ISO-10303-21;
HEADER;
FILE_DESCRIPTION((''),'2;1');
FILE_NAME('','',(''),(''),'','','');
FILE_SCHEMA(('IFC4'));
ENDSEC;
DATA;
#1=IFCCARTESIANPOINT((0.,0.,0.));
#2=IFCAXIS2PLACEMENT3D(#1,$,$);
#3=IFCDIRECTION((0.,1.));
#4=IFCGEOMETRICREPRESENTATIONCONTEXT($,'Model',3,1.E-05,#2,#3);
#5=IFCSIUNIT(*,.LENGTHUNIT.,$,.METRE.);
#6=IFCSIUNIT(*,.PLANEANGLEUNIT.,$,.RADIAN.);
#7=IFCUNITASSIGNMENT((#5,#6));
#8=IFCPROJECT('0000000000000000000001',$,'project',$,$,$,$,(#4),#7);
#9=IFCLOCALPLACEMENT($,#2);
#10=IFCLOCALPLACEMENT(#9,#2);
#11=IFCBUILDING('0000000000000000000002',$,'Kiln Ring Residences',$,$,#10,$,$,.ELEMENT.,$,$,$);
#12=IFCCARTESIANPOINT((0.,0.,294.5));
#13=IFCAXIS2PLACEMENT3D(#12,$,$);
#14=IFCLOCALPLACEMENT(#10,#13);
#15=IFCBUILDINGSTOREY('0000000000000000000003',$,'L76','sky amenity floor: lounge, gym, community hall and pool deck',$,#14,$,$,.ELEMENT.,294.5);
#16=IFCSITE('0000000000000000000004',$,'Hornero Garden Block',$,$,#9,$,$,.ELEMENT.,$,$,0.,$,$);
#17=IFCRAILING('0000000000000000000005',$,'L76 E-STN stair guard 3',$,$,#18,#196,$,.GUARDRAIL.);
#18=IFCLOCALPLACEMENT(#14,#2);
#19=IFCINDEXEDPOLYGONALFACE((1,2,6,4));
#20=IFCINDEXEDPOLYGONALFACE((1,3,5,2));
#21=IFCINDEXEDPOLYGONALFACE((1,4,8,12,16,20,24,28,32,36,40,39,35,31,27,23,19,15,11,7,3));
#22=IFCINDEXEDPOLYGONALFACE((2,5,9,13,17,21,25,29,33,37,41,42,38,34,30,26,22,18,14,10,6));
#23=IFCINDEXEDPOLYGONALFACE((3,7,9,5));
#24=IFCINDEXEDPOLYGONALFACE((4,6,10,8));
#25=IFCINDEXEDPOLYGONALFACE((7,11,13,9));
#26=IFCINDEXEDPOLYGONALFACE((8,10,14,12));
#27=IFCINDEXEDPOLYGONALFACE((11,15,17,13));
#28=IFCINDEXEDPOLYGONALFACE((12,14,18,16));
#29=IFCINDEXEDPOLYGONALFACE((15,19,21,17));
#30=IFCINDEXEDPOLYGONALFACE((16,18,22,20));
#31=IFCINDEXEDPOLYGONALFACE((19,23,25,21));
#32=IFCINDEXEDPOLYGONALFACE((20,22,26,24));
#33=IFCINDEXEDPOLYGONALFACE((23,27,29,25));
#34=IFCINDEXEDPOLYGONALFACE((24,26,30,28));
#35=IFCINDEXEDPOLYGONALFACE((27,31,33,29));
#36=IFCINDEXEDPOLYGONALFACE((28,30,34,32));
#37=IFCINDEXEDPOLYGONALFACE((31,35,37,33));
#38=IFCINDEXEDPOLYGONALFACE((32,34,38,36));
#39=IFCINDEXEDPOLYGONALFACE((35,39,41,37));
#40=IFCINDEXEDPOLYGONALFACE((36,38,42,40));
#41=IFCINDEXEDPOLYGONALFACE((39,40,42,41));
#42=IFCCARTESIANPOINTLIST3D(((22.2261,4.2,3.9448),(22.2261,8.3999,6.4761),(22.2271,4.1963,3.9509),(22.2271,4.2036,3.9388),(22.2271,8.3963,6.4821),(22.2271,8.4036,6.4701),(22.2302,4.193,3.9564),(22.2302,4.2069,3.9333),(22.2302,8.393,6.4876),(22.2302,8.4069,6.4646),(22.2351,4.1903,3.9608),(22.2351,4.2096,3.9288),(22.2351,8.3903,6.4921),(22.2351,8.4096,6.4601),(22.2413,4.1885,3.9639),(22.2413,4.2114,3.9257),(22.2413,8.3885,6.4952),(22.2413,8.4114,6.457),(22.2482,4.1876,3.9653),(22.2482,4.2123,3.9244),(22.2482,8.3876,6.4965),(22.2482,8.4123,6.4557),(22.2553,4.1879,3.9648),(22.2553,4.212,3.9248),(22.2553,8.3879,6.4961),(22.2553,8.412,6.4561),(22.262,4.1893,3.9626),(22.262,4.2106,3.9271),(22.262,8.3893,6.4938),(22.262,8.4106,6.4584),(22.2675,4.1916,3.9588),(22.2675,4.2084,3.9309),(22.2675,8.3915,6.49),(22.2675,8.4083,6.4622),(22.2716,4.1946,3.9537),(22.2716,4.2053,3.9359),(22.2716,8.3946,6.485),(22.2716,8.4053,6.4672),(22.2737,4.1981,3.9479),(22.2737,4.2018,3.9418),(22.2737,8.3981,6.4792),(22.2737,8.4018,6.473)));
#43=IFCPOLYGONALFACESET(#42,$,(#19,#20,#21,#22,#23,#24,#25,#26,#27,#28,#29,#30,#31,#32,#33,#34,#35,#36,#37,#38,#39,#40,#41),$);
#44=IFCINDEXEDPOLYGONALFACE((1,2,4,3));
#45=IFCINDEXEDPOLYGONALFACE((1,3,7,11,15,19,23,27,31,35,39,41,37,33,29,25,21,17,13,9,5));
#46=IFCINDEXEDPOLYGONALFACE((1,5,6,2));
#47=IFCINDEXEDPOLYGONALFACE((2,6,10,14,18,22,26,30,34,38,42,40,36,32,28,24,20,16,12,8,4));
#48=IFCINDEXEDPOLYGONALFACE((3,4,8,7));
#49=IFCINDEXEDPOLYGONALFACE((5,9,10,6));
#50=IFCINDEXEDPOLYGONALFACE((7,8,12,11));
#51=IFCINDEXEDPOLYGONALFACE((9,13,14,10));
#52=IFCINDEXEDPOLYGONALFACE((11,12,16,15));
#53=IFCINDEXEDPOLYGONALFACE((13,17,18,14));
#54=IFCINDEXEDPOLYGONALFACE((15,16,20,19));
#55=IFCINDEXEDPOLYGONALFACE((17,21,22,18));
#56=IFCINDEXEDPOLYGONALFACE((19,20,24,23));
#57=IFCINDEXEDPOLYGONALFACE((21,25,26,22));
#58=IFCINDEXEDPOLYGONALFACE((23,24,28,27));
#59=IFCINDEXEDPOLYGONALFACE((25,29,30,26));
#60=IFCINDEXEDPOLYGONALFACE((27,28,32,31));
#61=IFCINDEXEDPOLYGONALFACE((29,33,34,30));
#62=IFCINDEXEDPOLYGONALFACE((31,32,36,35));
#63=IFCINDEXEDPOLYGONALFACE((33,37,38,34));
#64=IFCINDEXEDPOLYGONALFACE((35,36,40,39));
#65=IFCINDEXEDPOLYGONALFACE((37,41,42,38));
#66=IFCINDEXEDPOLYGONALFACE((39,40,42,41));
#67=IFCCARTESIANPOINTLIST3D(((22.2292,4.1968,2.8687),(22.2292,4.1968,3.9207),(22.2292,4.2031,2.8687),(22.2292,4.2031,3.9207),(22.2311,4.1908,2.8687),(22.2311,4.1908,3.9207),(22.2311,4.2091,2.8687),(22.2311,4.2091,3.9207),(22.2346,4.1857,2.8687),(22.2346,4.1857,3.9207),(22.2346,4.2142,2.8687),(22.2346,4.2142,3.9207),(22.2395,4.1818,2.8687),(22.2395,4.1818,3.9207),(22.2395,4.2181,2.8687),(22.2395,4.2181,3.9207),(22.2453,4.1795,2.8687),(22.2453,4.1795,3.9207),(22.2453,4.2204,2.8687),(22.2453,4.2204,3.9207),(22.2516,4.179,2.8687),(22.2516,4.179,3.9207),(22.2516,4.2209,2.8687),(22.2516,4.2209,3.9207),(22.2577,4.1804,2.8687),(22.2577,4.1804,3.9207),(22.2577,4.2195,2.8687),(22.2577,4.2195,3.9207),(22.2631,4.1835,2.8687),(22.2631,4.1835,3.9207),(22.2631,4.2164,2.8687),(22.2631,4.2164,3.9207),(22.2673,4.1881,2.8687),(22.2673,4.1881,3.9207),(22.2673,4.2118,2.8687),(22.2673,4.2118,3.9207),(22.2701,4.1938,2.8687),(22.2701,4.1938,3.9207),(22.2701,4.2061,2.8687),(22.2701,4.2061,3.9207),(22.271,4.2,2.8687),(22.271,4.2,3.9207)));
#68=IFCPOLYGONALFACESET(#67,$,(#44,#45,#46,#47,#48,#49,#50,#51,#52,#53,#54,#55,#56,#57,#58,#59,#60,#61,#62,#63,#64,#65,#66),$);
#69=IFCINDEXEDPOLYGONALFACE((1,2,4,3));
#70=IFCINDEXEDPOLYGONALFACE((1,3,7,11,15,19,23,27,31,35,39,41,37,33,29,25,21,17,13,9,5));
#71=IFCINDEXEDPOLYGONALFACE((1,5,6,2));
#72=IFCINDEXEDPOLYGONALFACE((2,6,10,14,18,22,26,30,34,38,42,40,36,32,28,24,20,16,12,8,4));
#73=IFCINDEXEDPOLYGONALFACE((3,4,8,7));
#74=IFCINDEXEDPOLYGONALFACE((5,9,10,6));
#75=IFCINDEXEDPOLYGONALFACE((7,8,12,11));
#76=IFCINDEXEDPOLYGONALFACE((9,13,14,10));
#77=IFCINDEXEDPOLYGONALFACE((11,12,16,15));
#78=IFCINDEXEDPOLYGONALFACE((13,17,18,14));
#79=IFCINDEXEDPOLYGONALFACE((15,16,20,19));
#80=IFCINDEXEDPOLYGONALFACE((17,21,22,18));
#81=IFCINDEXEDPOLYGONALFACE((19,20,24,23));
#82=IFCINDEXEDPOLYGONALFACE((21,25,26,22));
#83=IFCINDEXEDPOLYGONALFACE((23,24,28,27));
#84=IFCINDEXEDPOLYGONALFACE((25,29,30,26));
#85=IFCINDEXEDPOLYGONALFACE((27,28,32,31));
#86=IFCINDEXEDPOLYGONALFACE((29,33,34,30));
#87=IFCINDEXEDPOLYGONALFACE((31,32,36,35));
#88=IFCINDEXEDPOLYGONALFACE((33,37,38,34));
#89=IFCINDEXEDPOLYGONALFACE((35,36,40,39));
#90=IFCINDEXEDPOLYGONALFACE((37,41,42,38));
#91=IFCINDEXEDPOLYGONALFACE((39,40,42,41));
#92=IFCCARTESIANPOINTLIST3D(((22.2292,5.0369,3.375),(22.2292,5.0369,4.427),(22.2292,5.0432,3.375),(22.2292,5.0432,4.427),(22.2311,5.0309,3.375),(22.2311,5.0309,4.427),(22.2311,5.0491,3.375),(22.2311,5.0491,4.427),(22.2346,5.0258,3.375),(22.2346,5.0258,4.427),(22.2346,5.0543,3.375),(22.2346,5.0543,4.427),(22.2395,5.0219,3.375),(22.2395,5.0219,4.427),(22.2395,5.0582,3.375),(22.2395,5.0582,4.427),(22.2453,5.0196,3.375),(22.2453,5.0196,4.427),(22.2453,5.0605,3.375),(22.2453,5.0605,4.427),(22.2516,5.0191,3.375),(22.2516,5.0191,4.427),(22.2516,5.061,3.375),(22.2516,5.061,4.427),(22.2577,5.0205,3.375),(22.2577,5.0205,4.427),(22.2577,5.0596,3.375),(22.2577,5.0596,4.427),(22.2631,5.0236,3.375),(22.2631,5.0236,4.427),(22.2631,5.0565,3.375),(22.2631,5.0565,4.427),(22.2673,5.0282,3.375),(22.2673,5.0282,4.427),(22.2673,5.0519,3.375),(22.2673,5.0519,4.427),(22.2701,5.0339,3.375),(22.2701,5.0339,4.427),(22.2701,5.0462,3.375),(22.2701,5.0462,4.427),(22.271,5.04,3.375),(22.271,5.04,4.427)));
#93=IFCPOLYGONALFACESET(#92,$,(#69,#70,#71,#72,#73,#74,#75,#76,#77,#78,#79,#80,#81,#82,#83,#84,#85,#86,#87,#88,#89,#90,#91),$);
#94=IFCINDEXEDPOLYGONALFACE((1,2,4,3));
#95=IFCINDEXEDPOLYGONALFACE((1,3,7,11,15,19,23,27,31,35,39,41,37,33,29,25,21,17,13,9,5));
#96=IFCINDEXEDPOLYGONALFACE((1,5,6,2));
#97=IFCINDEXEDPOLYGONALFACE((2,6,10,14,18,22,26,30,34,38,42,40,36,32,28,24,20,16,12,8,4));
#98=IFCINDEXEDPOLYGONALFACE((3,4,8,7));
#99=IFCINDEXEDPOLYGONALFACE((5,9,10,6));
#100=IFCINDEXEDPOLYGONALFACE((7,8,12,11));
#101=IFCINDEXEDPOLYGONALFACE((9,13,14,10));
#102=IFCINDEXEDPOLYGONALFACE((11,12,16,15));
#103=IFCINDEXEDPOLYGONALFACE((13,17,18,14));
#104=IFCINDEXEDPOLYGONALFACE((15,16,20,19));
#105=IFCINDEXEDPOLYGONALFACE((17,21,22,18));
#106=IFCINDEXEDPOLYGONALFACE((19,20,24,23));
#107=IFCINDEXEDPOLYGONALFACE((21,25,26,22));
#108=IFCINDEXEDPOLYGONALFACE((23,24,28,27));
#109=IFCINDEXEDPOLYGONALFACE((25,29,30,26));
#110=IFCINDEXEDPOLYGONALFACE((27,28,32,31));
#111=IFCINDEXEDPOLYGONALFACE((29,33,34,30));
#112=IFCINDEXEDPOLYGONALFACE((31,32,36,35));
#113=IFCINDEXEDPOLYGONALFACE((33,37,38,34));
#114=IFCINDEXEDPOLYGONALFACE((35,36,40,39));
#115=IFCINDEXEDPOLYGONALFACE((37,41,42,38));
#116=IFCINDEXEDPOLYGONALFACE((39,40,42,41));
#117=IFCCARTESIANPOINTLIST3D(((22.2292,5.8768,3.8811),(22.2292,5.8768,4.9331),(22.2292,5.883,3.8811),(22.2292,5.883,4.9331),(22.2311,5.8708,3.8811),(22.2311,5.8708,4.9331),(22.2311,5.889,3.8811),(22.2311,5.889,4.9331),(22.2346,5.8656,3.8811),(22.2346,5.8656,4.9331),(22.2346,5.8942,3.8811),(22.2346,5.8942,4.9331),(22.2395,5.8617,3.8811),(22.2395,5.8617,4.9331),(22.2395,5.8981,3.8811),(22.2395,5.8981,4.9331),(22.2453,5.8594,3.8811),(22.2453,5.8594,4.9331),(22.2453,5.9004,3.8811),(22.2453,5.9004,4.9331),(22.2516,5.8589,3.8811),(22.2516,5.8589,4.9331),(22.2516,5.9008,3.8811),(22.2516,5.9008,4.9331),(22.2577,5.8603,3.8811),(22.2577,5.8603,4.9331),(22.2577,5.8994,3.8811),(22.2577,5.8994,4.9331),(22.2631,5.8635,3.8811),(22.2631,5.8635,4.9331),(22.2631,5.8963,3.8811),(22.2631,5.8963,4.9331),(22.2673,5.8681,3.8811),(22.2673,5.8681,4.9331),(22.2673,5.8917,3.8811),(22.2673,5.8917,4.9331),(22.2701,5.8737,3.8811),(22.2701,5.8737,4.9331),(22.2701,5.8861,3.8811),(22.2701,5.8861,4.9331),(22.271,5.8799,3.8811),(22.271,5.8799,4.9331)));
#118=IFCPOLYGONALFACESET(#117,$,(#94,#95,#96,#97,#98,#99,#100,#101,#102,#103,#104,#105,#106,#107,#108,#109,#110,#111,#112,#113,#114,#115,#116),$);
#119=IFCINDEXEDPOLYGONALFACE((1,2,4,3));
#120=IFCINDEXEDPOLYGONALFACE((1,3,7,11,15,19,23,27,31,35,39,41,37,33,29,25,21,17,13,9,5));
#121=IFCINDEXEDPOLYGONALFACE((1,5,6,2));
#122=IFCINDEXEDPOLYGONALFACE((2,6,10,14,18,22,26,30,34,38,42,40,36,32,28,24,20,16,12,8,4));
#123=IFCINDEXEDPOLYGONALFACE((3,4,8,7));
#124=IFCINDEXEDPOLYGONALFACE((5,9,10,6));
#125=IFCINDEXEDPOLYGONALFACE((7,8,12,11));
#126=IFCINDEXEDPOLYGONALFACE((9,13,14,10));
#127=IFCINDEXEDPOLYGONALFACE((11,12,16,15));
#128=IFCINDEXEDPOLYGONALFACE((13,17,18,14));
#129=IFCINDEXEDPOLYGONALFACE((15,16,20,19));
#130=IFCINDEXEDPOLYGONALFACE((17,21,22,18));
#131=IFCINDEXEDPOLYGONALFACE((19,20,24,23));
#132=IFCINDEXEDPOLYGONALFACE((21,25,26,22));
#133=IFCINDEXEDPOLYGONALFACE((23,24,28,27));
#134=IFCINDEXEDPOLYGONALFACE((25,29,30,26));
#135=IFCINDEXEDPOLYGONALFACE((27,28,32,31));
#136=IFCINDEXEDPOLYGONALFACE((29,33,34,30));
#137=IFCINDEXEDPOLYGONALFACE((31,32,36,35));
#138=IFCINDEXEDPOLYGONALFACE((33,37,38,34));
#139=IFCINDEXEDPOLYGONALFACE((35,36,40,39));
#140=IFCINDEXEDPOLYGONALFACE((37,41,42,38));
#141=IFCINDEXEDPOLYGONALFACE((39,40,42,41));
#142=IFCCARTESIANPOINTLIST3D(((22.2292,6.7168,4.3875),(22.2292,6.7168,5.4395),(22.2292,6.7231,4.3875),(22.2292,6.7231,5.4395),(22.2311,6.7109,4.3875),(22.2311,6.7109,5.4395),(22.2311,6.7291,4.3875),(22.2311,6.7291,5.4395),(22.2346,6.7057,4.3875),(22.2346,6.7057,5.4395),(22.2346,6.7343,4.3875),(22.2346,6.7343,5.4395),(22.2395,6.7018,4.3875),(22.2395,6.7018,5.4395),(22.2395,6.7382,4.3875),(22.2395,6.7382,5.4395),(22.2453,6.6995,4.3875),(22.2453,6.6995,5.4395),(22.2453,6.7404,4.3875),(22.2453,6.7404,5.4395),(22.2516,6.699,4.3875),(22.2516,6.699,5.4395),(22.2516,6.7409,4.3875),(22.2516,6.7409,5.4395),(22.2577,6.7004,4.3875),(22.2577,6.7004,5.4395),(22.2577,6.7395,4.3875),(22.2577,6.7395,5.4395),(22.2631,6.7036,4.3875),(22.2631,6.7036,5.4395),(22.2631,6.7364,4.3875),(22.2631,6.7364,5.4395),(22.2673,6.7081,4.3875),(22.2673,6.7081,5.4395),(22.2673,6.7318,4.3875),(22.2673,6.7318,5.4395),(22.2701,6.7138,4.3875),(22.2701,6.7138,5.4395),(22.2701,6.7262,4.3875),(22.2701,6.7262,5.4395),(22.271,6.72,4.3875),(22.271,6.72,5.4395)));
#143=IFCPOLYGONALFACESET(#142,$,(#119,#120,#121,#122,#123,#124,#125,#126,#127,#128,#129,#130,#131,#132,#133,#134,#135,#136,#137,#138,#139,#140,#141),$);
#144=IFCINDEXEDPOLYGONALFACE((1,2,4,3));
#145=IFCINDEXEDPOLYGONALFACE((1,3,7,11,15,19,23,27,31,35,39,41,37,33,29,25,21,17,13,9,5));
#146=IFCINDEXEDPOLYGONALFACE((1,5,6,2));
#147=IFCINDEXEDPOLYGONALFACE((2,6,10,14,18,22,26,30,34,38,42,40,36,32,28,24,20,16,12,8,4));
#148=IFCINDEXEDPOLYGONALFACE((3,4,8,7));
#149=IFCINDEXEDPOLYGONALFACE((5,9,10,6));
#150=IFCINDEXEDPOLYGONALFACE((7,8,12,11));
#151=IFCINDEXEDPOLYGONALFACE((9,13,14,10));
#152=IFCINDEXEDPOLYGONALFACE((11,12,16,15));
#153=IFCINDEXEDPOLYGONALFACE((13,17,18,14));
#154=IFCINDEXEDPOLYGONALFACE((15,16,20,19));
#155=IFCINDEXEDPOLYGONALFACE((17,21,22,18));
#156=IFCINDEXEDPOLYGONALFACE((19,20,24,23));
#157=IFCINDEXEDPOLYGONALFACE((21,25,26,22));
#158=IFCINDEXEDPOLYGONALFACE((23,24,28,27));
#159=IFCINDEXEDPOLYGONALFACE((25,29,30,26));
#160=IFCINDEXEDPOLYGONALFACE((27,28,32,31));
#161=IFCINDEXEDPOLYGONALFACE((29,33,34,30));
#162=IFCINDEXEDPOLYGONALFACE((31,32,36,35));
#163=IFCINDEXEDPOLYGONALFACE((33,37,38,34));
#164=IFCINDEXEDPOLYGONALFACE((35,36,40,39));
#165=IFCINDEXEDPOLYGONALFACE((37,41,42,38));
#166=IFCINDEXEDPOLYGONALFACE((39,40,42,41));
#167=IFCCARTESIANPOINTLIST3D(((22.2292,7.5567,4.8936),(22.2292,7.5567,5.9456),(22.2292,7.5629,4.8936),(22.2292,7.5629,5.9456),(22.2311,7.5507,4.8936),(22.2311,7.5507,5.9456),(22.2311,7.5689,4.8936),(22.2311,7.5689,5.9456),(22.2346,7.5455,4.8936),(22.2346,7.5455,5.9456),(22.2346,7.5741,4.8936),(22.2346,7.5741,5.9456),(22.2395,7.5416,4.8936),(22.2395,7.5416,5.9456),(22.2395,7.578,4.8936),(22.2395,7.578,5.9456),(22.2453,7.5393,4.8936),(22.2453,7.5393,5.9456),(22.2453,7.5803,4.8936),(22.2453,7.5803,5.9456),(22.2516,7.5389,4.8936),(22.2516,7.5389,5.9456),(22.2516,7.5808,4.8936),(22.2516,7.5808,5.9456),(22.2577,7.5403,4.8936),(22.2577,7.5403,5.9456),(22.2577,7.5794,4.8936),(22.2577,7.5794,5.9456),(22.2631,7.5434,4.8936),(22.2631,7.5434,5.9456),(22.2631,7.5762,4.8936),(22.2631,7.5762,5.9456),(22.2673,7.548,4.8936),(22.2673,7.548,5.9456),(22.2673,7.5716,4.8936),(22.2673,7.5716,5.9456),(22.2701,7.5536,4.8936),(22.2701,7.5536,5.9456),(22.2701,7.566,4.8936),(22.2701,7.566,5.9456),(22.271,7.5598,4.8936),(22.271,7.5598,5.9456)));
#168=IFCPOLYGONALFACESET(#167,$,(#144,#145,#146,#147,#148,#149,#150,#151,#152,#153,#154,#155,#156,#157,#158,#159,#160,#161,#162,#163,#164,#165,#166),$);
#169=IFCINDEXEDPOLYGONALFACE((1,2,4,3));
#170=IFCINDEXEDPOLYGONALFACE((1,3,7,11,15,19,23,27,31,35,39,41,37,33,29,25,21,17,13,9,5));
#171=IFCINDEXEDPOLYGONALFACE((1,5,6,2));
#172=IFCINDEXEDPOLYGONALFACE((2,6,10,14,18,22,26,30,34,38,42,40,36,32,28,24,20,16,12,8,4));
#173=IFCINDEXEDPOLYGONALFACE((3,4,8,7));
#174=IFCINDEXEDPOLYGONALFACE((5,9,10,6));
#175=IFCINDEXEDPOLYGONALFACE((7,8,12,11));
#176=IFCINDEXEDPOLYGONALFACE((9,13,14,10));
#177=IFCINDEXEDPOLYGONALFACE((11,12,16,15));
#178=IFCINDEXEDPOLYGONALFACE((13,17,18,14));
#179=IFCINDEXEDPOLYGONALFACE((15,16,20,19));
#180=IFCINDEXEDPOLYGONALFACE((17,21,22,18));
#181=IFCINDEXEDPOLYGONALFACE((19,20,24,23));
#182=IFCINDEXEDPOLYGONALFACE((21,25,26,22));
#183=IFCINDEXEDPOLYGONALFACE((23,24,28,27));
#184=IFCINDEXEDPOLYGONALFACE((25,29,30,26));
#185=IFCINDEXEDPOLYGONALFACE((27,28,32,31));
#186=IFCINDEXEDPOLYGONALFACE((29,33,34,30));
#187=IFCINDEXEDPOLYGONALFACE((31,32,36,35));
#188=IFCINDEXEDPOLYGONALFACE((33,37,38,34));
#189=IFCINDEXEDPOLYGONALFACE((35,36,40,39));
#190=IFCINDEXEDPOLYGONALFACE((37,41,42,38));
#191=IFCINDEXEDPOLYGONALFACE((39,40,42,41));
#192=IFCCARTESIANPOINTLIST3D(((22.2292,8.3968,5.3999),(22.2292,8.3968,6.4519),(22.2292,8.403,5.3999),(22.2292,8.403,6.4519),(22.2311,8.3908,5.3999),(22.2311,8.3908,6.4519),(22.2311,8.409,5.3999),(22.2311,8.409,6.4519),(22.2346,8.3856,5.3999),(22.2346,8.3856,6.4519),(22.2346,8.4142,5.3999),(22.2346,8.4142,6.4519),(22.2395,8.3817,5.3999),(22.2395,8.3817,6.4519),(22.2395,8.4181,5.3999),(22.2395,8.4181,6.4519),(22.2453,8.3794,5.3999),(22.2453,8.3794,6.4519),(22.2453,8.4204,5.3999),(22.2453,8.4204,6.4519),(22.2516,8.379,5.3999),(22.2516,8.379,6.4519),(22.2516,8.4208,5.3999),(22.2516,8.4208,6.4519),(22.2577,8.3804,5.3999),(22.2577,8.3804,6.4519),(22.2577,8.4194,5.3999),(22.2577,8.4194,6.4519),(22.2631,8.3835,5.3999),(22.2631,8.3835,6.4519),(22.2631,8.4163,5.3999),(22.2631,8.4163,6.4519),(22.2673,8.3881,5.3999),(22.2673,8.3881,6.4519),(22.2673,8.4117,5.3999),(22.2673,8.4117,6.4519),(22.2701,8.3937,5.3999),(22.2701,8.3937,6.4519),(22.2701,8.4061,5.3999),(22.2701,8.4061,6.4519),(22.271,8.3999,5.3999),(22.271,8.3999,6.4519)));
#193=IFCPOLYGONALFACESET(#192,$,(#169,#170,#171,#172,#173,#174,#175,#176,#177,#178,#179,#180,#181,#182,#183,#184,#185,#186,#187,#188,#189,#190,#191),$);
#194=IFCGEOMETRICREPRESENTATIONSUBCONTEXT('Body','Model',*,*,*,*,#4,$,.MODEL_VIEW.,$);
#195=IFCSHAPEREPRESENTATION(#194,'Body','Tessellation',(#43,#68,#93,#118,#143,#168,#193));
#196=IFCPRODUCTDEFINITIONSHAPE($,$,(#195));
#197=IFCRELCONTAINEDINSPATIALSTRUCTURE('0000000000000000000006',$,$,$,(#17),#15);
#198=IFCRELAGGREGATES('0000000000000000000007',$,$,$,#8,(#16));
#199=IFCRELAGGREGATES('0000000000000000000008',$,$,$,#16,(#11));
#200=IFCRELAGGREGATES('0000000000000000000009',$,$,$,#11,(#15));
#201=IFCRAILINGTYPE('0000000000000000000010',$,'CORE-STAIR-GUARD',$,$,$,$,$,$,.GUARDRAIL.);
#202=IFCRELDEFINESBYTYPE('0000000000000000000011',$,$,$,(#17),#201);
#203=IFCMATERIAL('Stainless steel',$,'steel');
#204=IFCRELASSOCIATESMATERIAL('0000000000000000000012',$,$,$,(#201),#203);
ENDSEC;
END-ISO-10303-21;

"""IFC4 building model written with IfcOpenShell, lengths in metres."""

from ifc_helpers import new_model, si_unit, direction, frame, origin, origin_2d, place, context, subcontext, project, spatial, circle, extrude, material, type_object, element, save


model = new_model("IFC4")

# Units and contexts
model_context = context("Model", 3, precision=1e-05, world=origin(), true_north=direction((0.0, 1.0)))
body_context = subcontext(model_context, "Body", "Model", "MODEL_VIEW")
ifc_project = project(units=[si_unit("LENGTHUNIT", "METRE"), si_unit("PLANEANGLEUNIT", "RADIAN")], contexts=[model_context])

# Site, building, storey
site_placement = place(None, origin())
site = spatial("IfcSite", under=ifc_project, at=site_placement, Name="Hornero Garden Block", CompositionType="ELEMENT", RefElevation=0.0)
building_placement = place(site_placement, origin())
building = spatial("IfcBuilding", under=site, at=building_placement, Name="Kiln Ring Residences", CompositionType="ELEMENT")
storey_placement = place(building_placement, frame((0.0, 0.0, 294.5)))
storey = spatial("IfcBuildingStorey", under=building, at=storey_placement, Name="L76", Description="sky amenity floor: lounge, gym, community hall and pool deck", CompositionType="ELEMENT", Elevation=294.5)

# Railing
ifc_material_1 = material(Name="Stainless steel", Category="steel")
railing_type_1 = type_object("IfcRailingType", Name="CORE-STAIR-GUARD", PredefinedType="GUARDRAIL", material=ifc_material_1)
railing_1_placement = place(storey_placement, frame((22.25, 4.2, 2.8687)))
element("IfcRailing", 1, at=railing_1_placement, inside=storey, type_object=railing_type_1, Name="L76 E-STN stair guard 3", PredefinedType="GUARDRAIL", context=body_context, shape_type="SweptSolid", body=[
    extrude(circle(Radius=0.0239, at=origin_2d()), frame((0.0, 0.0, 1.0762), z_axis=(0.0, 0.856476, 0.516186), x_axis=(-1.0, 0.0, 0.0)), (0.0, 0.0, 1.0), 4.9038),
    extrude(circle(Radius=0.021, at=origin_2d()), origin(), (0.0, 0.0, 1.0), 1.052),
    extrude(circle(Radius=0.021, at=origin_2d()), frame((0.0, 0.8401, 0.5063)), (0.0, 0.0, 1.0), 1.052),
    extrude(circle(Radius=0.021, at=origin_2d()), frame((0.0, 1.6799, 1.0125)), (0.0, 0.0, 1.0), 1.052),
    extrude(circle(Radius=0.021, at=origin_2d()), frame((0.0, 2.52, 1.5188)), (0.0, 0.0, 1.0), 1.052),
    extrude(circle(Radius=0.021, at=origin_2d()), frame((0.0, 3.3599, 2.0249)), (0.0, 0.0, 1.0), 1.052),
    extrude(circle(Radius=0.021, at=origin_2d()), frame((0.0, 4.2, 2.5312)), (0.0, 0.0, 1.0), 1.052),
])

save(model, "model.ifc")
